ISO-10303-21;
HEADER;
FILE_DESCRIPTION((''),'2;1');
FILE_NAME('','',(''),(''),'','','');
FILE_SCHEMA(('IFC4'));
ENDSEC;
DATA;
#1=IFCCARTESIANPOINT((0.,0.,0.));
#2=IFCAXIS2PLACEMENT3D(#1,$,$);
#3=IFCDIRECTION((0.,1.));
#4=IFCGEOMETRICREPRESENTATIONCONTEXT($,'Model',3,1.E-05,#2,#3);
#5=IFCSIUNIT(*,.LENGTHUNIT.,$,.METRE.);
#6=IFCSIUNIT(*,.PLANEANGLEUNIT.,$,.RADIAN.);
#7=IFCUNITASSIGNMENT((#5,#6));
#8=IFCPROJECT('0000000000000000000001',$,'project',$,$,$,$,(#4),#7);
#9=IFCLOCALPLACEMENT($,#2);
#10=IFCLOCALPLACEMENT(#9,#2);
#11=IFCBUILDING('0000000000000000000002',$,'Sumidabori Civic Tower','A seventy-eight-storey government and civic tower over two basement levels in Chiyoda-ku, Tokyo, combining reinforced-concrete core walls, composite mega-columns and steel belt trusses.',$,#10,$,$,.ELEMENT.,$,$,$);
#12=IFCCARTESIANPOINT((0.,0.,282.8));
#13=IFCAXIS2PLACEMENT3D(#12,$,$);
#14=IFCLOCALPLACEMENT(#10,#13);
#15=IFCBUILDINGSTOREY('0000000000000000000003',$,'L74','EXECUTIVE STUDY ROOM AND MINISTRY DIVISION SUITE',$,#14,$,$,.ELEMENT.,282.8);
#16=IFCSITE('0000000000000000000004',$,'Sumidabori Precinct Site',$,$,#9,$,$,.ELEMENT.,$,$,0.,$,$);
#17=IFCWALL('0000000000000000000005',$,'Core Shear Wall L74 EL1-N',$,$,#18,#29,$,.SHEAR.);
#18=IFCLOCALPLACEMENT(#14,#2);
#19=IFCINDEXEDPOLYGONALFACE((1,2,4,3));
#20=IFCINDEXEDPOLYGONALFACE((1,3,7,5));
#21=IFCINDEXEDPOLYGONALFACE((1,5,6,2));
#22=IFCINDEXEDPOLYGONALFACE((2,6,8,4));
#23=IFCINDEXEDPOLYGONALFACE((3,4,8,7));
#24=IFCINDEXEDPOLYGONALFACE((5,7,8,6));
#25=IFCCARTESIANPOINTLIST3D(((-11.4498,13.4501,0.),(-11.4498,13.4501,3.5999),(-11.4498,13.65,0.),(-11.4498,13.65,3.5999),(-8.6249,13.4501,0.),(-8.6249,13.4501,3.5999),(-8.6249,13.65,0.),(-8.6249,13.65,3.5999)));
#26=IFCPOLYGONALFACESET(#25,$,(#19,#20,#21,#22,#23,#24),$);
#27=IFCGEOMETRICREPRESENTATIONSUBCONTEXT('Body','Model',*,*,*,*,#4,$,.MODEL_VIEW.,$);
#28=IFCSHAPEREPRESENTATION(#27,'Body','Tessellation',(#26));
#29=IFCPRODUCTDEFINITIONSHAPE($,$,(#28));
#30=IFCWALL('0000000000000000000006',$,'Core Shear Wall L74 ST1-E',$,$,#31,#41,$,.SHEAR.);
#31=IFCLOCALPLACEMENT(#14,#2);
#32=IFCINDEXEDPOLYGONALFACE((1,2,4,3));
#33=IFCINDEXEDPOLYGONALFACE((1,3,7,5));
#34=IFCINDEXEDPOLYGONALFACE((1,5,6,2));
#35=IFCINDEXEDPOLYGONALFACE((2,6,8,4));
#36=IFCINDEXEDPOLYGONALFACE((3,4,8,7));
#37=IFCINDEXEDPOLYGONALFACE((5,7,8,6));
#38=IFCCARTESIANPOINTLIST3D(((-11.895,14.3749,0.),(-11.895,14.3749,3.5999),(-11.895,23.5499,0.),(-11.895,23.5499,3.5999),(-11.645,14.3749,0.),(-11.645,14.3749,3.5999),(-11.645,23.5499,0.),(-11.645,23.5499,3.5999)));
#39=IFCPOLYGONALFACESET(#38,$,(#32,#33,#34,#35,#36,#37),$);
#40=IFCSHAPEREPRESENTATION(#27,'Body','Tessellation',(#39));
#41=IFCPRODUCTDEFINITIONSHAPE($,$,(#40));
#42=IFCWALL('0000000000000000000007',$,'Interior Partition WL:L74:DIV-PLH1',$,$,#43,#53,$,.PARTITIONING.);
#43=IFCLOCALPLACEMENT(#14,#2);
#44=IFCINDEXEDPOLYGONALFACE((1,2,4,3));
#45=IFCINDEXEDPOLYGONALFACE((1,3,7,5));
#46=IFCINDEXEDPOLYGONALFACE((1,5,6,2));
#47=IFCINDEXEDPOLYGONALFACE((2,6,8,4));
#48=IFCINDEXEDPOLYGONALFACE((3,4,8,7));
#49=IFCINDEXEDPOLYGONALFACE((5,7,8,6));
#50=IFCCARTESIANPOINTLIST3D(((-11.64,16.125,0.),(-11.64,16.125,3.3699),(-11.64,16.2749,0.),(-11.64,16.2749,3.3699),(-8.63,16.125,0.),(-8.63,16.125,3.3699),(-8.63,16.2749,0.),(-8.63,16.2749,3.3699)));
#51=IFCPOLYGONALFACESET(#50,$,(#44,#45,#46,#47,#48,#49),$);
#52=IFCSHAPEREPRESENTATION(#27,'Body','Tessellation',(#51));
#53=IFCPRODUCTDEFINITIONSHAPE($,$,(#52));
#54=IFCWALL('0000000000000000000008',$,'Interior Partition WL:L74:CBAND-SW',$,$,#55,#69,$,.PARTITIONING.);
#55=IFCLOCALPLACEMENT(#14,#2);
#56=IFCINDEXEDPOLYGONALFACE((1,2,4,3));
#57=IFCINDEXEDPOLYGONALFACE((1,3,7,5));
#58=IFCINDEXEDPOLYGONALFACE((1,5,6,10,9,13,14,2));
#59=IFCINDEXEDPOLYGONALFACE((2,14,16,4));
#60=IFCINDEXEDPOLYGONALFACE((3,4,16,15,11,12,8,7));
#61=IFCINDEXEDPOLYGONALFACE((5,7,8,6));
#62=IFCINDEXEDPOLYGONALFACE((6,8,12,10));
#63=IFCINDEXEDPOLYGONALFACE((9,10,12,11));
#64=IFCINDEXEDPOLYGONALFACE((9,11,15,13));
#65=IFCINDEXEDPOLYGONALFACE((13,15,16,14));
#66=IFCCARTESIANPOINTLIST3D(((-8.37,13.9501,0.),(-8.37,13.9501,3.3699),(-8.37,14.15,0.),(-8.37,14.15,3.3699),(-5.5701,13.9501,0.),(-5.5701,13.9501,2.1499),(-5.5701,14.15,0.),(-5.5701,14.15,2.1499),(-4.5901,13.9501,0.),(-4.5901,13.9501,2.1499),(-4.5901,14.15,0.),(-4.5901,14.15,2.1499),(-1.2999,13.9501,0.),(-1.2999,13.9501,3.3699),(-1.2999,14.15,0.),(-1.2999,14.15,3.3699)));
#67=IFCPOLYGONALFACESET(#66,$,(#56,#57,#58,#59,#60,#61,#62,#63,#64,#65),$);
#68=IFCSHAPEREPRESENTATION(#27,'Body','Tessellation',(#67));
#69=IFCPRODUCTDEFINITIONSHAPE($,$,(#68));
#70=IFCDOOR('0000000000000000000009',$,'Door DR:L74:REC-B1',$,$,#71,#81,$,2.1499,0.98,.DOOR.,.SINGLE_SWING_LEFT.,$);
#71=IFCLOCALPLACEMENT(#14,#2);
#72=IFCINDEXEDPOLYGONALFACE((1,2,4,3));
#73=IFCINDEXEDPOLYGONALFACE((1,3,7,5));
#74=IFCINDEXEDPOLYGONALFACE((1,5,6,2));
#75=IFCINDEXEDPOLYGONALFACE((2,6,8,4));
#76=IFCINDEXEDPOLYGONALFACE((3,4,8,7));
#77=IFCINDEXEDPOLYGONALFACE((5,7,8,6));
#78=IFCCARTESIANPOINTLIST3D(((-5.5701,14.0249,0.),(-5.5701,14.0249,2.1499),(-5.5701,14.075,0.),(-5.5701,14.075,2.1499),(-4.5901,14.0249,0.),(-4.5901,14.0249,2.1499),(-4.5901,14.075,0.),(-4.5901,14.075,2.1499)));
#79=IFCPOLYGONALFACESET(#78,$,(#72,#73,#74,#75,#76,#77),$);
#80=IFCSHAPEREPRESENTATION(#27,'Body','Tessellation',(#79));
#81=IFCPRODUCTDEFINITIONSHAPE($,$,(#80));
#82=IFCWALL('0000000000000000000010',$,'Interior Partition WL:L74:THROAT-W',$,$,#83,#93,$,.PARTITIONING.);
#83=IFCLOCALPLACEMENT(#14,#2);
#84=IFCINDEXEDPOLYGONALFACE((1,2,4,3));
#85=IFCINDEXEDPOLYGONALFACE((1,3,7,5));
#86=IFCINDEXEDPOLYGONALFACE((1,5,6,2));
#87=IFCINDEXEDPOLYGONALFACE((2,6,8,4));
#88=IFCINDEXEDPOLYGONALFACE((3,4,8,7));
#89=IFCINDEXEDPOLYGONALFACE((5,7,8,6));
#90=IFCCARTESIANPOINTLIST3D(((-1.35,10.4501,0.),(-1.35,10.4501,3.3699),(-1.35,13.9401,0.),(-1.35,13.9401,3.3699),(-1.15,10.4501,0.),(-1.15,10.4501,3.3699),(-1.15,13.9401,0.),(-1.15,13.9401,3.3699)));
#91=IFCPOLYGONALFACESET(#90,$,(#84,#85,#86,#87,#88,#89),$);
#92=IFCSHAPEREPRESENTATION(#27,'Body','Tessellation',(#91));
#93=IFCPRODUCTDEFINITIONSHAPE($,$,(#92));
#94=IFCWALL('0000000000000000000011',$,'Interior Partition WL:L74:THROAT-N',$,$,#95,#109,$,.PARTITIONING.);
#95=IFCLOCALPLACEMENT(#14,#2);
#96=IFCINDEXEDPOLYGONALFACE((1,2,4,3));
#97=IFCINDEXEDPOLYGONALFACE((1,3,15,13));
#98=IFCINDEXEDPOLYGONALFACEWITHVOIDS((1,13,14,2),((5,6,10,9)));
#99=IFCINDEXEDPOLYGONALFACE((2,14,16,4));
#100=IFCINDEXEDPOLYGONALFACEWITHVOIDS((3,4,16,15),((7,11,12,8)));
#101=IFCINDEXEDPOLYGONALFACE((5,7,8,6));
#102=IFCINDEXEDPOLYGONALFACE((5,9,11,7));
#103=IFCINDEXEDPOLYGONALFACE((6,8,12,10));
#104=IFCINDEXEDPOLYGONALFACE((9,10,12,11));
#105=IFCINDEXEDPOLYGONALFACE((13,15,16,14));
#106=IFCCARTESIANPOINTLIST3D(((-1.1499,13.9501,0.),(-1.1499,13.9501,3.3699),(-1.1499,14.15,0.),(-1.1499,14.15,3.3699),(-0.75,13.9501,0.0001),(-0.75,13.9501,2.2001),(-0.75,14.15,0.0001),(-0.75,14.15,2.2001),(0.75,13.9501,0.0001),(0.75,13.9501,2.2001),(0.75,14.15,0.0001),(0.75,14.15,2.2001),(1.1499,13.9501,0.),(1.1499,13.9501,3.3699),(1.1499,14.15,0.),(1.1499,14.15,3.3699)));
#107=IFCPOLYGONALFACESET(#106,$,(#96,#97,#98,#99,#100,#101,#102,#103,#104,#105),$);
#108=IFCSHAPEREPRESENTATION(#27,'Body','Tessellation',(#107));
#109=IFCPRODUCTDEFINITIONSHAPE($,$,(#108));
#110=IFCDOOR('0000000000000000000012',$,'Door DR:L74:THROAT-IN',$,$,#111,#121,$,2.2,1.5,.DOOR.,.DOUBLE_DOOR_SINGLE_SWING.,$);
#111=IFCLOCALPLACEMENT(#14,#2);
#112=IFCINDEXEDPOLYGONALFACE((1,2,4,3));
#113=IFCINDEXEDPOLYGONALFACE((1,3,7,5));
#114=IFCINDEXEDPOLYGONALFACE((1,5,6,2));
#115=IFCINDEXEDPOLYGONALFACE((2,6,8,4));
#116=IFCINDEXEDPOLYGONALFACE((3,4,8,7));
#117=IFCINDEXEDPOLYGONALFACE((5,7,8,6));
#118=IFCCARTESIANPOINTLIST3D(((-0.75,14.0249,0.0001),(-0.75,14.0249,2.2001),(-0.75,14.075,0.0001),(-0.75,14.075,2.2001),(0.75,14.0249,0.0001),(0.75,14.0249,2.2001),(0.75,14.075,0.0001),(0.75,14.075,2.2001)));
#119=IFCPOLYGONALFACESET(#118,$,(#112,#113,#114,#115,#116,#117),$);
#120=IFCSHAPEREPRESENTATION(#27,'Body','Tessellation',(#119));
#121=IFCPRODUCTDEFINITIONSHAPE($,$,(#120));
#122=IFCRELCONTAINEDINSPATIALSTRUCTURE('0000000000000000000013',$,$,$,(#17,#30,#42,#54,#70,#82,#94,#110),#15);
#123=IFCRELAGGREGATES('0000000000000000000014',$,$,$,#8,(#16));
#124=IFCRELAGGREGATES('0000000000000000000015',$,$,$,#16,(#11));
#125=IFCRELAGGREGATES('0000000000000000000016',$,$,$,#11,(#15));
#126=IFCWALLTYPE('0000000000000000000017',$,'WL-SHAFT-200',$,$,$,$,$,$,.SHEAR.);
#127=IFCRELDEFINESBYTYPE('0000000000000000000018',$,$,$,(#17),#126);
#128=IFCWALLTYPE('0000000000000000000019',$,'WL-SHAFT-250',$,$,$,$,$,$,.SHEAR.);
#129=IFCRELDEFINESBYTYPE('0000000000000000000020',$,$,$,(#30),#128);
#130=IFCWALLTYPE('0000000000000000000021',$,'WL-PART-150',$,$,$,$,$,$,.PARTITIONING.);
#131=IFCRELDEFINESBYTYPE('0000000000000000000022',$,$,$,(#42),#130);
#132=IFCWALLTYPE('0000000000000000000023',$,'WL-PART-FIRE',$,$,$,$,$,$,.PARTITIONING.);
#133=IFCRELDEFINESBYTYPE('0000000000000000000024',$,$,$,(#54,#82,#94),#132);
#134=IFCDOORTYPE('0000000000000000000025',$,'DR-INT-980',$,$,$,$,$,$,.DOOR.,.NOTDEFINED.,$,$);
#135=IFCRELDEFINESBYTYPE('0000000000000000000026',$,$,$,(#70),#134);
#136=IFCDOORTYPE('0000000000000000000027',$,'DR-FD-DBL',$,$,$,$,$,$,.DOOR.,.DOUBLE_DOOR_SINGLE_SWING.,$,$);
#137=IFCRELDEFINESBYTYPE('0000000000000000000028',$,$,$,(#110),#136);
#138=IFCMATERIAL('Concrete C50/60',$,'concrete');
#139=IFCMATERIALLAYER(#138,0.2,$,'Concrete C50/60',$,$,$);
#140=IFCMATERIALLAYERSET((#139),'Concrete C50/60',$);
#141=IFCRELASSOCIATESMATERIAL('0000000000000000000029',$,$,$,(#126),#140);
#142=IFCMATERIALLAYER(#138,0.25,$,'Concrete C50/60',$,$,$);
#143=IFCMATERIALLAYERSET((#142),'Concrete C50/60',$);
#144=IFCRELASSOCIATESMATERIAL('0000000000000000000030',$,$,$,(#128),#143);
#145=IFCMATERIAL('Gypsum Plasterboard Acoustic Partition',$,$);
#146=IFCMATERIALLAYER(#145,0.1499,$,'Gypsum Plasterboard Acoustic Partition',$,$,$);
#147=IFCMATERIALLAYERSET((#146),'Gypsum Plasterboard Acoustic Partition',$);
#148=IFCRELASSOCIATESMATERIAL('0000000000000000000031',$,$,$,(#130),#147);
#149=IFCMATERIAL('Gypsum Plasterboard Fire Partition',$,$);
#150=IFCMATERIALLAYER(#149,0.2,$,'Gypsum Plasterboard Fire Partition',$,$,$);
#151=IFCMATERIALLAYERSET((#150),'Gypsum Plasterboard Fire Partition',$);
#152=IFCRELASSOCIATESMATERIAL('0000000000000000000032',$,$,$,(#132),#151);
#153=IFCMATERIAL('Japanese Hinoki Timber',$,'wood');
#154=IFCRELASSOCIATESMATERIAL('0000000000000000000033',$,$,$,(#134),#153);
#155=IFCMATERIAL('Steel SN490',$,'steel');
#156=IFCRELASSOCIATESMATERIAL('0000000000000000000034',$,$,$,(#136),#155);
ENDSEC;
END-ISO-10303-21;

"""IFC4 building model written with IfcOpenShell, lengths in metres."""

from ifc_helpers import new_model, si_unit, direction, frame, frame_2d, origin, place, context, subcontext, project, spatial, rectangle, extrude, source, transform, mapped, material, layer, layer_set, type_object, element, fill, save


model = new_model("IFC4")

# Units and contexts
model_context = context("Model", 3, precision=1e-05, world=origin(), true_north=direction((0.0, 1.0)))
body_context = subcontext(model_context, "Body", "Model", "MODEL_VIEW")
ifc_project = project(units=[si_unit("LENGTHUNIT", "METRE"), si_unit("PLANEANGLEUNIT", "RADIAN")], contexts=[model_context])

# Site, building, storey
site_placement = place(None, origin())
site = spatial("IfcSite", under=ifc_project, at=site_placement, Name="Sumidabori Precinct Site", CompositionType="ELEMENT", RefElevation=0.0)
building_placement = place(site_placement, origin())
building = spatial("IfcBuilding", under=site, at=building_placement, Name="Sumidabori Civic Tower", Description="A seventy-eight-storey government and civic tower over two basement levels in Chiyoda-ku, Tokyo, combining reinforced-concrete core walls, composite mega-columns and steel belt trusses.", CompositionType="ELEMENT")
storey_placement = place(building_placement, frame((0.0, 0.0, 282.8)))
storey = spatial("IfcBuildingStorey", under=building, at=storey_placement, Name="L74", Description="EXECUTIVE STUDY ROOM AND MINISTRY DIVISION SUITE", CompositionType="ELEMENT", Elevation=282.8)

# Wall
ifc_material_1 = material(Name="Concrete C50/60", Category="concrete")
ifc_layer_1 = layer(ifc_material_1, 0.2, Name="Concrete C50/60")
ifc_layer_set_1 = layer_set([ifc_layer_1], Name="Concrete C50/60")
wall_type_1 = type_object("IfcWallType", Name="WL-SHAFT-200", PredefinedType="SHEAR", material=ifc_layer_set_1)
shared_shape_1 = source(origin(), body_context, "Body", "SweptSolid", [
    extrude(rectangle(XDim=2.825, YDim=0.2, at=frame_2d((1.4126, 0.0))), origin(), (0.0, 0.0, 1.0), 3.5999),
])
wall_1_placement = place(storey_placement, frame((-11.45, 13.55, 0.0), z_axis=(0.0, 0.0, 1.0), x_axis=(1.0, 0.0, 0.0)))
element("IfcWall", 1, at=wall_1_placement, inside=storey, type_object=wall_type_1, Name="Core Shear Wall L74 EL1-N", PredefinedType="SHEAR", context=body_context, shape_type="MappedRepresentation", body=[
    mapped(shared_shape_1, transform((0.0, 0.0, 0.0), x_axis=(1.0, 0.0, 0.0), y_axis=(0.0, 1.0, 0.0), z_axis=(0.0, 0.0, 1.0), scale=1.0)),
])

# Shared definitions
ifc_layer_2 = layer(ifc_material_1, 0.25, Name="Concrete C50/60")
ifc_layer_set_2 = layer_set([ifc_layer_2], Name="Concrete C50/60")
wall_type_2 = type_object("IfcWallType", Name="WL-SHAFT-250", PredefinedType="SHEAR", material=ifc_layer_set_2)

# Wall
shared_shape_2 = source(origin(), body_context, "Body", "SweptSolid", [
    extrude(rectangle(XDim=9.175, YDim=0.25, at=frame_2d((4.5874, 0.0))), origin(), (0.0, 0.0, 1.0), 3.5999),
])
wall_2_placement = place(storey_placement, frame((-11.77, 14.375, 0.0), z_axis=(0.0, 0.0, 1.0), x_axis=(0.0, 1.0, 0.0)))
element("IfcWall", 2, at=wall_2_placement, inside=storey, type_object=wall_type_2, Name="Core Shear Wall L74 ST1-E", PredefinedType="SHEAR", context=body_context, shape_type="MappedRepresentation", body=[
    mapped(shared_shape_2, transform((0.0, 0.0, 0.0), x_axis=(1.0, 0.0, 0.0), y_axis=(0.0, 1.0, 0.0), z_axis=(0.0, 0.0, 1.0), scale=1.0)),
])

# Wall
ifc_material_2 = material(Name="Gypsum Plasterboard Acoustic Partition")
ifc_layer_3 = layer(ifc_material_2, 0.1499, Name="Gypsum Plasterboard Acoustic Partition")
ifc_layer_set_3 = layer_set([ifc_layer_3], Name="Gypsum Plasterboard Acoustic Partition")
wall_type_3 = type_object("IfcWallType", Name="WL-PART-150", PredefinedType="PARTITIONING", material=ifc_layer_set_3)
shared_shape_3 = source(origin(), body_context, "Body", "SweptSolid", [
    extrude(rectangle(XDim=3.01, YDim=0.1499, at=frame_2d((1.5049, 0.0))), origin(), (0.0, 0.0, 1.0), 3.3699),
])
wall_3_placement = place(storey_placement, frame((-11.6399, 16.2, 0.0), z_axis=(0.0, 0.0, 1.0), x_axis=(1.0, 0.0, 0.0)))
element("IfcWall", 3, at=wall_3_placement, inside=storey, type_object=wall_type_3, Name="Interior Partition WL:L74:DIV-PLH1", PredefinedType="PARTITIONING", context=body_context, shape_type="MappedRepresentation", body=[
    mapped(shared_shape_3, transform((0.0, 0.0, 0.0), x_axis=(1.0, 0.0, 0.0), y_axis=(0.0, 1.0, 0.0), z_axis=(0.0, 0.0, 1.0), scale=1.0)),
])

# Wall, opening, door
ifc_material_3 = material(Name="Gypsum Plasterboard Fire Partition")
ifc_layer_4 = layer(ifc_material_3, 0.2, Name="Gypsum Plasterboard Fire Partition")
ifc_layer_set_4 = layer_set([ifc_layer_4], Name="Gypsum Plasterboard Fire Partition")
wall_type_4 = type_object("IfcWallType", Name="WL-PART-FIRE", PredefinedType="PARTITIONING", material=ifc_layer_set_4)
shared_shape_4 = source(origin(), body_context, "Body", "SweptSolid", [
    extrude(rectangle(XDim=7.0701, YDim=0.2, at=frame_2d((3.5352, 0.0))), origin(), (0.0, 0.0, 1.0), 3.3699),
])
wall_4_placement = place(storey_placement, frame((-8.3701, 14.05, 0.0), z_axis=(0.0, 0.0, 1.0), x_axis=(1.0, 0.0, 0.0)))
wall_4 = element("IfcWall", 4, at=wall_4_placement, inside=storey, type_object=wall_type_4, Name="Interior Partition WL:L74:CBAND-SW", PredefinedType="PARTITIONING", context=body_context, shape_type="MappedRepresentation", body=[
    mapped(shared_shape_4, transform((0.0, 0.0, 0.0), x_axis=(1.0, 0.0, 0.0), y_axis=(0.0, 1.0, 0.0), z_axis=(0.0, 0.0, 1.0), scale=1.0)),
])
opening_1_placement = place(wall_4_placement, frame((2.8, 0.0, 0.0)))
opening_1 = element("IfcOpeningElement", 5, at=opening_1_placement, cuts=wall_4, PredefinedType="OPENING", context=body_context, shape_type="SweptSolid", body=[
    extrude(rectangle(XDim=0.98, YDim=2.1499, at=frame_2d((0.49, 1.075))), frame((0.0, 0.1118, 0.0), z_axis=(0.0, -1.0, 0.0), x_axis=(1.0, 0.0, 0.0)), (0.0, 0.0, 1.0), 0.2239),
])
ifc_material_4 = material(Name="Japanese Hinoki Timber", Category="wood")
door_type_1 = type_object("IfcDoorType", Name="DR-INT-980", OperationType="NOTDEFINED", PredefinedType="DOOR", material=ifc_material_4)
shared_shape_5 = source(origin(), body_context, "Body", "SweptSolid", [
    extrude(rectangle(XDim=0.98, YDim=2.1499, at=frame_2d((0.49, 1.075))), frame((0.0, 0.0249, 0.0), z_axis=(0.0, -1.0, 0.0), x_axis=(1.0, 0.0, 0.0)), (0.0, 0.0, 1.0), 0.05),
])
door_1_placement = place(opening_1_placement, origin())
door_1 = element("IfcDoor", 6, at=door_1_placement, inside=storey, type_object=door_type_1, Name="Door DR:L74:REC-B1", OperationType="SINGLE_SWING_LEFT", OverallHeight=2.1499, OverallWidth=0.98, PredefinedType="DOOR", context=body_context, shape_type="MappedRepresentation", body=[
    mapped(shared_shape_5, transform((0.0, 0.0, 0.0), x_axis=(1.0, 0.0, 0.0), y_axis=(0.0, 1.0, 0.0), z_axis=(0.0, 0.0, 1.0), scale=1.0)),
])
fill(opening_1, door_1)

# Wall
shared_shape_6 = source(origin(), body_context, "Body", "SweptSolid", [
    extrude(rectangle(XDim=3.49, YDim=0.2, at=frame_2d((1.7451, 0.0))), origin(), (0.0, 0.0, 1.0), 3.3699),
])
wall_5_placement = place(storey_placement, frame((-1.25, 10.45, 0.0), z_axis=(0.0, 0.0, 1.0), x_axis=(0.0, 1.0, 0.0)))
element("IfcWall", 7, at=wall_5_placement, inside=storey, type_object=wall_type_4, Name="Interior Partition WL:L74:THROAT-W", PredefinedType="PARTITIONING", context=body_context, shape_type="MappedRepresentation", body=[
    mapped(shared_shape_6, transform((0.0, 0.0, 0.0), x_axis=(1.0, 0.0, 0.0), y_axis=(0.0, 1.0, 0.0), z_axis=(0.0, 0.0, 1.0), scale=1.0)),
])

# Wall, opening, door
shared_shape_7 = source(origin(), body_context, "Body", "SweptSolid", [
    extrude(rectangle(XDim=2.2998, YDim=0.2, at=frame_2d((1.1499, 0.0))), origin(), (0.0, 0.0, 1.0), 3.3699),
])
wall_6_placement = place(storey_placement, frame((-1.1499, 14.05, 0.0), z_axis=(0.0, 0.0, 1.0), x_axis=(1.0, 0.0, 0.0)))
wall_6 = element("IfcWall", 8, at=wall_6_placement, inside=storey, type_object=wall_type_4, Name="Interior Partition WL:L74:THROAT-N", PredefinedType="PARTITIONING", context=body_context, shape_type="MappedRepresentation", body=[
    mapped(shared_shape_7, transform((0.0, 0.0, 0.0), x_axis=(1.0, 0.0, 0.0), y_axis=(0.0, 1.0, 0.0), z_axis=(0.0, 0.0, 1.0), scale=1.0)),
])
opening_2_placement = place(wall_6_placement, frame((0.3999, 0.0, 0.0)))
opening_2 = element("IfcOpeningElement", 9, at=opening_2_placement, cuts=wall_6, PredefinedType="OPENING", context=body_context, shape_type="SweptSolid", body=[
    extrude(rectangle(XDim=1.5, YDim=2.2, at=frame_2d((0.75, 1.1001))), frame((0.0, 0.1118, 0.0), z_axis=(0.0, -1.0, 0.0), x_axis=(1.0, 0.0, 0.0)), (0.0, 0.0, 1.0), 0.2239),
])
ifc_material_5 = material(Name="Steel SN490", Category="steel")
door_type_2 = type_object("IfcDoorType", Name="DR-FD-DBL", OperationType="DOUBLE_DOOR_SINGLE_SWING", PredefinedType="DOOR", material=ifc_material_5)
shared_shape_8 = source(origin(), body_context, "Body", "SweptSolid", [
    extrude(rectangle(XDim=1.5, YDim=2.2, at=frame_2d((0.75, 1.1001))), frame((0.0, 0.0249, 0.0), z_axis=(0.0, -1.0, 0.0), x_axis=(1.0, 0.0, 0.0)), (0.0, 0.0, 1.0), 0.05),
])
door_2_placement = place(opening_2_placement, origin())
door_2 = element("IfcDoor", 10, at=door_2_placement, inside=storey, type_object=door_type_2, Name="Door DR:L74:THROAT-IN", OperationType="DOUBLE_DOOR_SINGLE_SWING", OverallHeight=2.2, OverallWidth=1.5, PredefinedType="DOOR", context=body_context, shape_type="MappedRepresentation", body=[
    mapped(shared_shape_8, transform((0.0, 0.0, 0.0), x_axis=(1.0, 0.0, 0.0), y_axis=(0.0, 1.0, 0.0), z_axis=(0.0, 0.0, 1.0), scale=1.0)),
])
fill(opening_2, door_2)

save(model, "model.ifc")
